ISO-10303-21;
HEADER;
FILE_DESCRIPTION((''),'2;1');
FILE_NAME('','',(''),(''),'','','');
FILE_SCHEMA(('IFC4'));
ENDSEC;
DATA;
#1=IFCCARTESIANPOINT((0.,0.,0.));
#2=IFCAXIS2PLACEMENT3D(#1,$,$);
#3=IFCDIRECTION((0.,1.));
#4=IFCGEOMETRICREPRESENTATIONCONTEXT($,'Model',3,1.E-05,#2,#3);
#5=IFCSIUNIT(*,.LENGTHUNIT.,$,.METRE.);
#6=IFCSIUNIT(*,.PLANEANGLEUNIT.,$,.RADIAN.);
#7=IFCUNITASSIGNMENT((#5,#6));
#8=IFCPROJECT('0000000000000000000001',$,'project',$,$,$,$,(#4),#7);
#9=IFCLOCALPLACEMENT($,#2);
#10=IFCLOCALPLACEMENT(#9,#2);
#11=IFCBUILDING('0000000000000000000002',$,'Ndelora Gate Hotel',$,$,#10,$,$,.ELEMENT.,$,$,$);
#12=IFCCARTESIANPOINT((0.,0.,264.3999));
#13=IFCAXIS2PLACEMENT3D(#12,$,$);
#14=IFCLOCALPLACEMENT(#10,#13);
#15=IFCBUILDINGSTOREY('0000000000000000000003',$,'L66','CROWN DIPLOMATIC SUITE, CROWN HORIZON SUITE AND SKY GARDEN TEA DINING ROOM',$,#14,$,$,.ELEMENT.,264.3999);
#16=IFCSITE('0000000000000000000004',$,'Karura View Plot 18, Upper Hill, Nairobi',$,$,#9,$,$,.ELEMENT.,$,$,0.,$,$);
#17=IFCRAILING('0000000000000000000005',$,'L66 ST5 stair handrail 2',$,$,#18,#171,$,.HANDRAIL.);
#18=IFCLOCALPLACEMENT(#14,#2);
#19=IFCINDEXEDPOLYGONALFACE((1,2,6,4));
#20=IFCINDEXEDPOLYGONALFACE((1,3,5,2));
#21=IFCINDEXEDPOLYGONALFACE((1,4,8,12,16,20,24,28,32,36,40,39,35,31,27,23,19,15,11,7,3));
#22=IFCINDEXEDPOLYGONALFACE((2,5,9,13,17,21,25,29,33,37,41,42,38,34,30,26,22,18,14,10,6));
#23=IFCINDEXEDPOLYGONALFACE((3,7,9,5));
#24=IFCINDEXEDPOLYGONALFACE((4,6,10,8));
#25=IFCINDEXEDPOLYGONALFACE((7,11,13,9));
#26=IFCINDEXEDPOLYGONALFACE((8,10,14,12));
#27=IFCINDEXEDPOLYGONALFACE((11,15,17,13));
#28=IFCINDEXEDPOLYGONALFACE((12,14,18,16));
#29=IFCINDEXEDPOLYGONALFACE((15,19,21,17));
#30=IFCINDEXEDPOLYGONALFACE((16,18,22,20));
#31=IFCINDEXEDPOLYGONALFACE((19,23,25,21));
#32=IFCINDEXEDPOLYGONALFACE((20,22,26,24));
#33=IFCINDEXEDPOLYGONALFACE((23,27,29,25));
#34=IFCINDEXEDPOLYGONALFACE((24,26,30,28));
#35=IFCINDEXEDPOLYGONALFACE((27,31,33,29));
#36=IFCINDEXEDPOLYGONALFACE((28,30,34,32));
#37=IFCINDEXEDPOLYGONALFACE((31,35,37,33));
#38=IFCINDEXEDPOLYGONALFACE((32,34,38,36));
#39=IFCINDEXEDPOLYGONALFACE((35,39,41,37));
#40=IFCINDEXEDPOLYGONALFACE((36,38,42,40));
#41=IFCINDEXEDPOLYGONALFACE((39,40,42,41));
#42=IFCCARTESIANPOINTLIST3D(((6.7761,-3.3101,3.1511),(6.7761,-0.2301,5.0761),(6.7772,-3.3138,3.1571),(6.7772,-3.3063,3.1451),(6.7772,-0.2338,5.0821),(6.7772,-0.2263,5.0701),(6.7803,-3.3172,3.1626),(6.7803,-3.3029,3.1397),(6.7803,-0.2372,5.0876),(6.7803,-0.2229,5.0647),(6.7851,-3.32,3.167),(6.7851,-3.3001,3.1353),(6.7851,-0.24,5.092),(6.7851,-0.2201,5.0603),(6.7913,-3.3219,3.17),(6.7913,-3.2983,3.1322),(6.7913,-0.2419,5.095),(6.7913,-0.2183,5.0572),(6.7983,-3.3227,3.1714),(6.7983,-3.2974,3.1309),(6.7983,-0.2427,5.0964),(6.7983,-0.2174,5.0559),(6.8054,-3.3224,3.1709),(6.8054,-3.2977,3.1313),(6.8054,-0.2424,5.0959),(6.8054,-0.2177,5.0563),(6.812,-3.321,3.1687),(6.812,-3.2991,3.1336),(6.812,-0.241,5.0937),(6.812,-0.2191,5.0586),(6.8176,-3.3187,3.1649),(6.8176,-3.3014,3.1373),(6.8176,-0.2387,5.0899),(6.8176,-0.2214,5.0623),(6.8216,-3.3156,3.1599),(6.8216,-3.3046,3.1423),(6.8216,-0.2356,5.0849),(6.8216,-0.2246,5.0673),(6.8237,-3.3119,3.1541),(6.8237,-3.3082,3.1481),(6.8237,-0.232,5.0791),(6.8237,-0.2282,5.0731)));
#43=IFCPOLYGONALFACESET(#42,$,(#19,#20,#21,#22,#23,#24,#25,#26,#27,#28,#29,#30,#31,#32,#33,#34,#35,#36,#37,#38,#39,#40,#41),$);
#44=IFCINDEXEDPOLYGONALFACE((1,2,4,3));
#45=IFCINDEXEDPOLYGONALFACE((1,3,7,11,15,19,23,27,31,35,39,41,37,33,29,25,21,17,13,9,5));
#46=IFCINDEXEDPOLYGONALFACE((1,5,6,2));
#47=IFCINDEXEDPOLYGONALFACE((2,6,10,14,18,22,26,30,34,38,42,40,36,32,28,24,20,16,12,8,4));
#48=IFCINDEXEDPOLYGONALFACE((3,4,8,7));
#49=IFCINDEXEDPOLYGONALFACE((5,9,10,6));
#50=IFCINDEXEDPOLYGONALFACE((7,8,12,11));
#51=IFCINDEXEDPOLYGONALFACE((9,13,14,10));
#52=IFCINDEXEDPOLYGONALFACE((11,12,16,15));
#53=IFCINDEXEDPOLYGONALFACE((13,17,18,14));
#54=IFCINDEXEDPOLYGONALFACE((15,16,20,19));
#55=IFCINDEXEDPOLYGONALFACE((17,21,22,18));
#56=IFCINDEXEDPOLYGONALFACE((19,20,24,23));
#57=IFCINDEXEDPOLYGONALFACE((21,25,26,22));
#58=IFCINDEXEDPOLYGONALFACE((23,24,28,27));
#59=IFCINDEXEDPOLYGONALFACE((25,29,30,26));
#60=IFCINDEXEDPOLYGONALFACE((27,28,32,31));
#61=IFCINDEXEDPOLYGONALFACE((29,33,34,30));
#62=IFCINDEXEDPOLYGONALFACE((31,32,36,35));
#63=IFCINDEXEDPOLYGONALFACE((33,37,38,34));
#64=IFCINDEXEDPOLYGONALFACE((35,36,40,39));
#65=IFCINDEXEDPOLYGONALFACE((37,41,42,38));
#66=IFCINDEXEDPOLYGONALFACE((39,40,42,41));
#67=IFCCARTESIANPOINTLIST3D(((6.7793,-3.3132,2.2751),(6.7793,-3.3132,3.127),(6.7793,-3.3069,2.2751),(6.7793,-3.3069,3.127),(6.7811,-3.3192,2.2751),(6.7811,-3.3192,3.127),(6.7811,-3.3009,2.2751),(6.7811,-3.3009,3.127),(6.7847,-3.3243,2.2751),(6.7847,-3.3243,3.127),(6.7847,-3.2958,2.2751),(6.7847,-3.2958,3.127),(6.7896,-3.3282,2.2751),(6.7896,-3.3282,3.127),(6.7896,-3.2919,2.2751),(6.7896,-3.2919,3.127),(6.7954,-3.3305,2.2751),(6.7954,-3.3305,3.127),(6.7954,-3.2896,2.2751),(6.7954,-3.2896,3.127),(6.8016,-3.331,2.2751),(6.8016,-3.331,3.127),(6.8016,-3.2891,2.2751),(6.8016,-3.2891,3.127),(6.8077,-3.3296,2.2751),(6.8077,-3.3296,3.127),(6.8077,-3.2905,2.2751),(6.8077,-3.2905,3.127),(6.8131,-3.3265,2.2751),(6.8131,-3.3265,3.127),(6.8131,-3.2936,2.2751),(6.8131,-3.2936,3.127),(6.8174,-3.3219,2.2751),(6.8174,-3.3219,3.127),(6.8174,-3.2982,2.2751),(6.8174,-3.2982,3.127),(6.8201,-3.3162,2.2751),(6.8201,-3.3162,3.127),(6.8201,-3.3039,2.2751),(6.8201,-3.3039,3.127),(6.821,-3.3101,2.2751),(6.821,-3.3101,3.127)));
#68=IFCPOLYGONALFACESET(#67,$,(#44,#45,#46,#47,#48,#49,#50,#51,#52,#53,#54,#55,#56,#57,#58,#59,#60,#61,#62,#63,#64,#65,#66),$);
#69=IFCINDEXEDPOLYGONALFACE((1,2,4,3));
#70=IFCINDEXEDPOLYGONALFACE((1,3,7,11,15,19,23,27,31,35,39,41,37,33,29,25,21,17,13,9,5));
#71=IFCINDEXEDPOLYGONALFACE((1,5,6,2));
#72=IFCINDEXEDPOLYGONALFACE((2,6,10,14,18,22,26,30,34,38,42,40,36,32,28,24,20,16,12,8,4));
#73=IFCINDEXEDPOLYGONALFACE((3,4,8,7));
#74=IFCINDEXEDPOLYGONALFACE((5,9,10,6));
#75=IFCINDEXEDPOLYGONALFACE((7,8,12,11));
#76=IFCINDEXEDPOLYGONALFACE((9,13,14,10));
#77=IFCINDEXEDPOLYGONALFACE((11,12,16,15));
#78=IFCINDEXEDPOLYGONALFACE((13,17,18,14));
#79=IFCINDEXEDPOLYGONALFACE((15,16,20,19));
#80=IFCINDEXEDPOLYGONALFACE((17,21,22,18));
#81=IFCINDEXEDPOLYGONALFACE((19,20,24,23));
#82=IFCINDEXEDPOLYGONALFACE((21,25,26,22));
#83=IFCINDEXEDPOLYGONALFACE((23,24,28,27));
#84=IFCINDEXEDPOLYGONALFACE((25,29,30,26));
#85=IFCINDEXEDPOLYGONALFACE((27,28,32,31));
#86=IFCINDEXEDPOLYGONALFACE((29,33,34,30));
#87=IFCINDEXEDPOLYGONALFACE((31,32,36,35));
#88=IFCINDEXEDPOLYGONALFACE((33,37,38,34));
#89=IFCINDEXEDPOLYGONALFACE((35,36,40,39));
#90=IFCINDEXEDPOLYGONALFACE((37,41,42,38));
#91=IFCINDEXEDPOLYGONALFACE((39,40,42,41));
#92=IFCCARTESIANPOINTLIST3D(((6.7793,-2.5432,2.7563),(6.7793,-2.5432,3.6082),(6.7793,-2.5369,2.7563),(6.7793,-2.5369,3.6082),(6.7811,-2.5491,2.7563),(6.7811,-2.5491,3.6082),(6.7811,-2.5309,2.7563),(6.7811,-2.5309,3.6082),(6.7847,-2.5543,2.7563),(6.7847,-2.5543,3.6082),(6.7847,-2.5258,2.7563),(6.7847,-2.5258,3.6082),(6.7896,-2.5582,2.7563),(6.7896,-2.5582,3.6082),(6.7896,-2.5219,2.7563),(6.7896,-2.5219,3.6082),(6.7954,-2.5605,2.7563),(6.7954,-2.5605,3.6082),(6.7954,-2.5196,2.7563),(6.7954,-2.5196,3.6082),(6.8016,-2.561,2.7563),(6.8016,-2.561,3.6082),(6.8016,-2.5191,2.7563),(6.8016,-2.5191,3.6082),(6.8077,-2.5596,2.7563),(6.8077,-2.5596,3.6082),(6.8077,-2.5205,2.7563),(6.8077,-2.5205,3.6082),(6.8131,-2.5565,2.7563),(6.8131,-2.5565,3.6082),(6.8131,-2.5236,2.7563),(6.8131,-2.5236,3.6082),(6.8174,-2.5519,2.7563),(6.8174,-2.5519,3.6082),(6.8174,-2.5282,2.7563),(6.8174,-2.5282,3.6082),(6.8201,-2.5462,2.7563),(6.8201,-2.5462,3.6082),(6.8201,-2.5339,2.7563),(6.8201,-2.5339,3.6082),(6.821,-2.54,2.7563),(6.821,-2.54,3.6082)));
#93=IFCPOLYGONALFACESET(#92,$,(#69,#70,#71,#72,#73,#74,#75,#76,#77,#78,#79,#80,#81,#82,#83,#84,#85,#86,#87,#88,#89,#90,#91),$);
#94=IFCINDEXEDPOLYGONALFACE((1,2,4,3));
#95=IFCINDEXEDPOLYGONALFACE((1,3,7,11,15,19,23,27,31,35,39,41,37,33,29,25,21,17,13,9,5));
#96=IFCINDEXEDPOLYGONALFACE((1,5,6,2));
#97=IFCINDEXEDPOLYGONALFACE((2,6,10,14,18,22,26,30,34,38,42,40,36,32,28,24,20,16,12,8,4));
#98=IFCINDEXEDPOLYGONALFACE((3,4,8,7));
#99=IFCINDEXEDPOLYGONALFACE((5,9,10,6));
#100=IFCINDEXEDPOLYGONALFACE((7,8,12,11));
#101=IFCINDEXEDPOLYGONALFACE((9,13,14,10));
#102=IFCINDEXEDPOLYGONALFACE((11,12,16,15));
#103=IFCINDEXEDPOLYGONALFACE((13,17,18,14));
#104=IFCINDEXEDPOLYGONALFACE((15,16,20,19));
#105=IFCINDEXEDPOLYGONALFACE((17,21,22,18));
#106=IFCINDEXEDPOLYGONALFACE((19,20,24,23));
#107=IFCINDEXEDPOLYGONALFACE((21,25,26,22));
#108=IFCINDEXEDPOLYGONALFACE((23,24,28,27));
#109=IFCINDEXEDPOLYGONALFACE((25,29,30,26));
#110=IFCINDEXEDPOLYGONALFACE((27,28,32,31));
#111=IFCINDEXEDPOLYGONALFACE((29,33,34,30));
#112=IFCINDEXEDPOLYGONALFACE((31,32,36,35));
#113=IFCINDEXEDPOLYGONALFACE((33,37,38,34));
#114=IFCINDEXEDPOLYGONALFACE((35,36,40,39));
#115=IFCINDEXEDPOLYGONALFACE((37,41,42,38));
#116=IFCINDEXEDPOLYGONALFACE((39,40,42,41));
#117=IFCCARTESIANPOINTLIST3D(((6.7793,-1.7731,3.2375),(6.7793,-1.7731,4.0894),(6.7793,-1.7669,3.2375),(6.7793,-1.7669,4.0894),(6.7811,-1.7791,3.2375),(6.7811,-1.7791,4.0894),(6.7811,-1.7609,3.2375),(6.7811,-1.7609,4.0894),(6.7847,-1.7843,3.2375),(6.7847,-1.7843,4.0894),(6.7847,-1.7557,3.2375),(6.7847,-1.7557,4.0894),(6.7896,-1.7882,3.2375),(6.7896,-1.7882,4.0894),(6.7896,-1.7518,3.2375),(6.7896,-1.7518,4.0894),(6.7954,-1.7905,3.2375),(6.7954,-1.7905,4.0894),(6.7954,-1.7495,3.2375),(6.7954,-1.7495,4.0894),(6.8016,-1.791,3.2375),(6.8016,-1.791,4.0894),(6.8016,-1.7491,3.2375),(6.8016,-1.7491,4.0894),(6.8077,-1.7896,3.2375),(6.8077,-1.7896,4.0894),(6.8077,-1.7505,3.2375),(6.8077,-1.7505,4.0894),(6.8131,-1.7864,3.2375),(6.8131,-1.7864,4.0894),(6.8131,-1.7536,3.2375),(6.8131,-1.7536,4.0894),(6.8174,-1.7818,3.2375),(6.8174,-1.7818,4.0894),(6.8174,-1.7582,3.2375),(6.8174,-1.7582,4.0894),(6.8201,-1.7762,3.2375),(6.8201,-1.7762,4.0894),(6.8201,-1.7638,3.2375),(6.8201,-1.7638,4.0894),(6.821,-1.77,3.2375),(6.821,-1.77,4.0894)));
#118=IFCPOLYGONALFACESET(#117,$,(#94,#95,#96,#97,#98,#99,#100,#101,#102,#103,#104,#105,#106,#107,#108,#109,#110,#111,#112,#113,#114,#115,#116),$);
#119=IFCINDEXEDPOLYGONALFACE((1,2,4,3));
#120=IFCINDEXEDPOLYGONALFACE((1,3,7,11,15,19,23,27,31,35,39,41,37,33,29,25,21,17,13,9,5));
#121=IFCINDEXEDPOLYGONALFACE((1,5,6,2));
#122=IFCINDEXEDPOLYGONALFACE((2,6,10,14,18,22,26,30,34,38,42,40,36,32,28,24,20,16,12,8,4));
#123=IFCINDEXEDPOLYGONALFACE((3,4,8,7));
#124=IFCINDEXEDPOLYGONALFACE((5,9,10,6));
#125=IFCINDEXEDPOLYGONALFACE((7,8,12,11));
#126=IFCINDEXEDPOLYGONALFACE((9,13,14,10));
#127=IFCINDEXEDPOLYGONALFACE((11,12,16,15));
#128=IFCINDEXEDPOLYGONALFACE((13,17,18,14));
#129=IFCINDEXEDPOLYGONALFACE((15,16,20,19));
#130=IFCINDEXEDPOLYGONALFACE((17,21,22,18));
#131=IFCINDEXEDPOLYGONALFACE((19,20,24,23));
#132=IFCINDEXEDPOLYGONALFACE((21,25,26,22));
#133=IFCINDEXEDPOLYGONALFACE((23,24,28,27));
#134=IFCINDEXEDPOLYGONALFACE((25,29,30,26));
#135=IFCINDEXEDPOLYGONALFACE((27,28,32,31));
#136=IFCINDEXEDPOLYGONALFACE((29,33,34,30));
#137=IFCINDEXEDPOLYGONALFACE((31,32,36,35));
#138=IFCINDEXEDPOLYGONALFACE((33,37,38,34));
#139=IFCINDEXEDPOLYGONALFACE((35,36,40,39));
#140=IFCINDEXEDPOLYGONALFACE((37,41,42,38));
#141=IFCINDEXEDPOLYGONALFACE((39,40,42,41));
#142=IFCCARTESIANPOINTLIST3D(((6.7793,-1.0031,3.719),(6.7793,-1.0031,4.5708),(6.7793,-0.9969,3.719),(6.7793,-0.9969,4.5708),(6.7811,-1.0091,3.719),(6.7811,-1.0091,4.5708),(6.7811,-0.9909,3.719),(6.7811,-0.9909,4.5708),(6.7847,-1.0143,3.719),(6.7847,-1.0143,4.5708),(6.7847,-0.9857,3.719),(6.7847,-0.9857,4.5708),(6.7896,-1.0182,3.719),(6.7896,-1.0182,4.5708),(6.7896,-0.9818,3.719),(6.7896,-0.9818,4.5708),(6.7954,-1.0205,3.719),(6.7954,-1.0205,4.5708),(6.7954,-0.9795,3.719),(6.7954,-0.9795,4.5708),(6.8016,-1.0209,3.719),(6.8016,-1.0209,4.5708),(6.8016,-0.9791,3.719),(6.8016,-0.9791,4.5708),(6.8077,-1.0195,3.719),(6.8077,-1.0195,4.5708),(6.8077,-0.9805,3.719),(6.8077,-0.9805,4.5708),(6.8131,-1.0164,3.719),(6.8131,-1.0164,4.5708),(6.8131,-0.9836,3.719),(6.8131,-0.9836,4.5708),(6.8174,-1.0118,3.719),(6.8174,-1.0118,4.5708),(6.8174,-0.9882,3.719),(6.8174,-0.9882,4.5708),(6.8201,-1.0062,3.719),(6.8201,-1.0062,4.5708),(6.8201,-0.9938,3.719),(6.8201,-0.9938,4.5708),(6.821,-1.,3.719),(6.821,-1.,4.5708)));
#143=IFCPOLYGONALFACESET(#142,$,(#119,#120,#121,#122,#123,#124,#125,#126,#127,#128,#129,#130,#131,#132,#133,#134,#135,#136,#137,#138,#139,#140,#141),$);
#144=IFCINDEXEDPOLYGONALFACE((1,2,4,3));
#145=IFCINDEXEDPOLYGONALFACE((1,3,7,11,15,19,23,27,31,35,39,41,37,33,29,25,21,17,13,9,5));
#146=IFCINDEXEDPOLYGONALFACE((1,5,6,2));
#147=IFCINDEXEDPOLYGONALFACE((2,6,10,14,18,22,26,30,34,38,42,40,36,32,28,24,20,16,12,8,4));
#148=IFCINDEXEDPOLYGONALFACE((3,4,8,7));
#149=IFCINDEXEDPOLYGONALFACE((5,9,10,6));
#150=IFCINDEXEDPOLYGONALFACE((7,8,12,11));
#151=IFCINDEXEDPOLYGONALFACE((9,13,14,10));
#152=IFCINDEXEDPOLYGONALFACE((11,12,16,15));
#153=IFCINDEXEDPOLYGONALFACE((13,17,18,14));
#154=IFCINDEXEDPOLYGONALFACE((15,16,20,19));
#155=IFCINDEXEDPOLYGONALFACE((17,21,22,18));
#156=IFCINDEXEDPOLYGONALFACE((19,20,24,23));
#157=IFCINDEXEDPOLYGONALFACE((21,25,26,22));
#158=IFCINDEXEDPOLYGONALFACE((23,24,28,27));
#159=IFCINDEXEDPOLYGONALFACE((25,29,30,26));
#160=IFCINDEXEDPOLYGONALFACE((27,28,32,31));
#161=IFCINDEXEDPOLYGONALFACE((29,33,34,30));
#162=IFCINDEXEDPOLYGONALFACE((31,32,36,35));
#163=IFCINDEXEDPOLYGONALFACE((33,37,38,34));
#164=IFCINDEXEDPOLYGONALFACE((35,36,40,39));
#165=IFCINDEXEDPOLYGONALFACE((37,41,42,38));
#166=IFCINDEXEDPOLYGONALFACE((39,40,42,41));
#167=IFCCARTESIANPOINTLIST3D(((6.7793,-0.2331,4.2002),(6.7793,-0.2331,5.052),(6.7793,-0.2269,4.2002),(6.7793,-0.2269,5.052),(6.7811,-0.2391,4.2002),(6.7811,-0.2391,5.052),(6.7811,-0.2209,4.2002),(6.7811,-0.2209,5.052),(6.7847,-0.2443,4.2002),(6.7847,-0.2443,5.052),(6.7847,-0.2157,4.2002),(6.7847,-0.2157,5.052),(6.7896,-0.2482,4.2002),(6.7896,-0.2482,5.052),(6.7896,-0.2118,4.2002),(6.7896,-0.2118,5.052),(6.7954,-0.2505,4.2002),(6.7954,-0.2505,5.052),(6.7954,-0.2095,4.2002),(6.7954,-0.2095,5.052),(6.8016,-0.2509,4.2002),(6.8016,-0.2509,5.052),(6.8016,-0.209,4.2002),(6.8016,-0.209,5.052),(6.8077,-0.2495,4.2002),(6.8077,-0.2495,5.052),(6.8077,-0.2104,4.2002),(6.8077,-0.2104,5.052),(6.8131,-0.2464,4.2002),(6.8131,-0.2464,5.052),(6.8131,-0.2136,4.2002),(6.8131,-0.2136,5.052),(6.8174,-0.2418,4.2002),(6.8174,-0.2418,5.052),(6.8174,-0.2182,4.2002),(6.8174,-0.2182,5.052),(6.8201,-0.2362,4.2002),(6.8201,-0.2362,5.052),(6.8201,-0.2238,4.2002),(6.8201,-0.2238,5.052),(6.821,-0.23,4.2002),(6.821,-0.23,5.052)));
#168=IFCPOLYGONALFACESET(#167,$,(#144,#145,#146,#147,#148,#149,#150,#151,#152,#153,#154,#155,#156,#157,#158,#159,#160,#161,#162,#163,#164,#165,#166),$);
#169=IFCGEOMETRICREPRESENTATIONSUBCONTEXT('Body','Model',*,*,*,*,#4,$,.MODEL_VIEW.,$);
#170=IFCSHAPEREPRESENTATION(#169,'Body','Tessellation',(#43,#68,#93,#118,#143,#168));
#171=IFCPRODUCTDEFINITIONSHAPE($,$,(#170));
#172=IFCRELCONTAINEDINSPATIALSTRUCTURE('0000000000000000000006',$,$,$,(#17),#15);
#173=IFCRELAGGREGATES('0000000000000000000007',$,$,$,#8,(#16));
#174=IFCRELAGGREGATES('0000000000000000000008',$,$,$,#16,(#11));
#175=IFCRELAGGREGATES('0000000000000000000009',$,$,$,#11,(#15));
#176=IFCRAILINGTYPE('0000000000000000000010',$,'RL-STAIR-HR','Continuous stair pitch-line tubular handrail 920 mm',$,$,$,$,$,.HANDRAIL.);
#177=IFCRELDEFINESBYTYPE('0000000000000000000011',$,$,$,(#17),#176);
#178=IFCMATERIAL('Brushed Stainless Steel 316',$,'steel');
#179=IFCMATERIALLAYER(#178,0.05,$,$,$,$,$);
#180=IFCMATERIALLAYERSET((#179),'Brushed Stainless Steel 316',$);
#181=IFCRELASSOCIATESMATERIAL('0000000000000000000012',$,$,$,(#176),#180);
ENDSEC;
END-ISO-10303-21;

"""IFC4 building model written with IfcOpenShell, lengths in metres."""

from ifc_helpers import new_model, si_unit, direction, frame, origin, origin_2d, place, context, subcontext, project, spatial, circle, extrude, material, layer, layer_set, type_object, element, save


model = new_model("IFC4")

# Units and contexts
model_context = context("Model", 3, precision=1e-05, world=origin(), true_north=direction((0.0, 1.0)))
body_context = subcontext(model_context, "Body", "Model", "MODEL_VIEW")
ifc_project = project(units=[si_unit("LENGTHUNIT", "METRE"), si_unit("PLANEANGLEUNIT", "RADIAN")], contexts=[model_context])

# Site, building, storey
site_placement = place(None, origin())
site = spatial("IfcSite", under=ifc_project, at=site_placement, Name="Karura View Plot 18, Upper Hill, Nairobi", CompositionType="ELEMENT", RefElevation=0.0)
building_placement = place(site_placement, origin())
building = spatial("IfcBuilding", under=site, at=building_placement, Name="Ndelora Gate Hotel", CompositionType="ELEMENT")
storey_placement = place(building_placement, frame((0.0, 0.0, 264.3999)))
storey = spatial("IfcBuildingStorey", under=building, at=storey_placement, Name="L66", Description="CROWN DIPLOMATIC SUITE, CROWN HORIZON SUITE AND SKY GARDEN TEA DINING ROOM", CompositionType="ELEMENT", Elevation=264.3999)

# Railing
ifc_material_1 = material(Name="Brushed Stainless Steel 316", Category="steel")
ifc_layer_1 = layer(ifc_material_1, 0.05)
ifc_layer_set_1 = layer_set([ifc_layer_1], Name="Brushed Stainless Steel 316")
railing_type_1 = type_object("IfcRailingType", Name="RL-STAIR-HR", Description="Continuous stair pitch-line tubular handrail 920 mm", PredefinedType="HANDRAIL", material=ifc_layer_set_1)
railing_1_placement = place(storey_placement, frame((6.8, -3.3101, 2.2751)))
element("IfcRailing", 1, at=railing_1_placement, inside=storey, type_object=railing_type_1, Name="L66 ST5 stair handrail 2", PredefinedType="HANDRAIL", context=body_context, shape_type="SweptSolid", body=[
    extrude(circle(Radius=0.0239, at=origin_2d()), frame((0.0, 0.0, 0.876), z_axis=(0.0, 0.847998, 0.529999), x_axis=(-1.0, 0.0, 0.0)), (0.0, 0.0, 1.0), 3.6321),
    extrude(circle(Radius=0.021, at=origin_2d()), origin(), (0.0, 0.0, 1.0), 0.8518),
    extrude(circle(Radius=0.021, at=origin_2d()), frame((0.0, 0.77, 0.4812)), (0.0, 0.0, 1.0), 0.8518),
    extrude(circle(Radius=0.021, at=origin_2d()), frame((0.0, 1.54, 0.9624)), (0.0, 0.0, 1.0), 0.8518),
    extrude(circle(Radius=0.021, at=origin_2d()), frame((0.0, 2.3101, 1.4438)), (0.0, 0.0, 1.0), 0.8518),
    extrude(circle(Radius=0.021, at=origin_2d()), frame((0.0, 3.0801, 1.925)), (0.0, 0.0, 1.0), 0.8518),
])

save(model, "model.ifc")
